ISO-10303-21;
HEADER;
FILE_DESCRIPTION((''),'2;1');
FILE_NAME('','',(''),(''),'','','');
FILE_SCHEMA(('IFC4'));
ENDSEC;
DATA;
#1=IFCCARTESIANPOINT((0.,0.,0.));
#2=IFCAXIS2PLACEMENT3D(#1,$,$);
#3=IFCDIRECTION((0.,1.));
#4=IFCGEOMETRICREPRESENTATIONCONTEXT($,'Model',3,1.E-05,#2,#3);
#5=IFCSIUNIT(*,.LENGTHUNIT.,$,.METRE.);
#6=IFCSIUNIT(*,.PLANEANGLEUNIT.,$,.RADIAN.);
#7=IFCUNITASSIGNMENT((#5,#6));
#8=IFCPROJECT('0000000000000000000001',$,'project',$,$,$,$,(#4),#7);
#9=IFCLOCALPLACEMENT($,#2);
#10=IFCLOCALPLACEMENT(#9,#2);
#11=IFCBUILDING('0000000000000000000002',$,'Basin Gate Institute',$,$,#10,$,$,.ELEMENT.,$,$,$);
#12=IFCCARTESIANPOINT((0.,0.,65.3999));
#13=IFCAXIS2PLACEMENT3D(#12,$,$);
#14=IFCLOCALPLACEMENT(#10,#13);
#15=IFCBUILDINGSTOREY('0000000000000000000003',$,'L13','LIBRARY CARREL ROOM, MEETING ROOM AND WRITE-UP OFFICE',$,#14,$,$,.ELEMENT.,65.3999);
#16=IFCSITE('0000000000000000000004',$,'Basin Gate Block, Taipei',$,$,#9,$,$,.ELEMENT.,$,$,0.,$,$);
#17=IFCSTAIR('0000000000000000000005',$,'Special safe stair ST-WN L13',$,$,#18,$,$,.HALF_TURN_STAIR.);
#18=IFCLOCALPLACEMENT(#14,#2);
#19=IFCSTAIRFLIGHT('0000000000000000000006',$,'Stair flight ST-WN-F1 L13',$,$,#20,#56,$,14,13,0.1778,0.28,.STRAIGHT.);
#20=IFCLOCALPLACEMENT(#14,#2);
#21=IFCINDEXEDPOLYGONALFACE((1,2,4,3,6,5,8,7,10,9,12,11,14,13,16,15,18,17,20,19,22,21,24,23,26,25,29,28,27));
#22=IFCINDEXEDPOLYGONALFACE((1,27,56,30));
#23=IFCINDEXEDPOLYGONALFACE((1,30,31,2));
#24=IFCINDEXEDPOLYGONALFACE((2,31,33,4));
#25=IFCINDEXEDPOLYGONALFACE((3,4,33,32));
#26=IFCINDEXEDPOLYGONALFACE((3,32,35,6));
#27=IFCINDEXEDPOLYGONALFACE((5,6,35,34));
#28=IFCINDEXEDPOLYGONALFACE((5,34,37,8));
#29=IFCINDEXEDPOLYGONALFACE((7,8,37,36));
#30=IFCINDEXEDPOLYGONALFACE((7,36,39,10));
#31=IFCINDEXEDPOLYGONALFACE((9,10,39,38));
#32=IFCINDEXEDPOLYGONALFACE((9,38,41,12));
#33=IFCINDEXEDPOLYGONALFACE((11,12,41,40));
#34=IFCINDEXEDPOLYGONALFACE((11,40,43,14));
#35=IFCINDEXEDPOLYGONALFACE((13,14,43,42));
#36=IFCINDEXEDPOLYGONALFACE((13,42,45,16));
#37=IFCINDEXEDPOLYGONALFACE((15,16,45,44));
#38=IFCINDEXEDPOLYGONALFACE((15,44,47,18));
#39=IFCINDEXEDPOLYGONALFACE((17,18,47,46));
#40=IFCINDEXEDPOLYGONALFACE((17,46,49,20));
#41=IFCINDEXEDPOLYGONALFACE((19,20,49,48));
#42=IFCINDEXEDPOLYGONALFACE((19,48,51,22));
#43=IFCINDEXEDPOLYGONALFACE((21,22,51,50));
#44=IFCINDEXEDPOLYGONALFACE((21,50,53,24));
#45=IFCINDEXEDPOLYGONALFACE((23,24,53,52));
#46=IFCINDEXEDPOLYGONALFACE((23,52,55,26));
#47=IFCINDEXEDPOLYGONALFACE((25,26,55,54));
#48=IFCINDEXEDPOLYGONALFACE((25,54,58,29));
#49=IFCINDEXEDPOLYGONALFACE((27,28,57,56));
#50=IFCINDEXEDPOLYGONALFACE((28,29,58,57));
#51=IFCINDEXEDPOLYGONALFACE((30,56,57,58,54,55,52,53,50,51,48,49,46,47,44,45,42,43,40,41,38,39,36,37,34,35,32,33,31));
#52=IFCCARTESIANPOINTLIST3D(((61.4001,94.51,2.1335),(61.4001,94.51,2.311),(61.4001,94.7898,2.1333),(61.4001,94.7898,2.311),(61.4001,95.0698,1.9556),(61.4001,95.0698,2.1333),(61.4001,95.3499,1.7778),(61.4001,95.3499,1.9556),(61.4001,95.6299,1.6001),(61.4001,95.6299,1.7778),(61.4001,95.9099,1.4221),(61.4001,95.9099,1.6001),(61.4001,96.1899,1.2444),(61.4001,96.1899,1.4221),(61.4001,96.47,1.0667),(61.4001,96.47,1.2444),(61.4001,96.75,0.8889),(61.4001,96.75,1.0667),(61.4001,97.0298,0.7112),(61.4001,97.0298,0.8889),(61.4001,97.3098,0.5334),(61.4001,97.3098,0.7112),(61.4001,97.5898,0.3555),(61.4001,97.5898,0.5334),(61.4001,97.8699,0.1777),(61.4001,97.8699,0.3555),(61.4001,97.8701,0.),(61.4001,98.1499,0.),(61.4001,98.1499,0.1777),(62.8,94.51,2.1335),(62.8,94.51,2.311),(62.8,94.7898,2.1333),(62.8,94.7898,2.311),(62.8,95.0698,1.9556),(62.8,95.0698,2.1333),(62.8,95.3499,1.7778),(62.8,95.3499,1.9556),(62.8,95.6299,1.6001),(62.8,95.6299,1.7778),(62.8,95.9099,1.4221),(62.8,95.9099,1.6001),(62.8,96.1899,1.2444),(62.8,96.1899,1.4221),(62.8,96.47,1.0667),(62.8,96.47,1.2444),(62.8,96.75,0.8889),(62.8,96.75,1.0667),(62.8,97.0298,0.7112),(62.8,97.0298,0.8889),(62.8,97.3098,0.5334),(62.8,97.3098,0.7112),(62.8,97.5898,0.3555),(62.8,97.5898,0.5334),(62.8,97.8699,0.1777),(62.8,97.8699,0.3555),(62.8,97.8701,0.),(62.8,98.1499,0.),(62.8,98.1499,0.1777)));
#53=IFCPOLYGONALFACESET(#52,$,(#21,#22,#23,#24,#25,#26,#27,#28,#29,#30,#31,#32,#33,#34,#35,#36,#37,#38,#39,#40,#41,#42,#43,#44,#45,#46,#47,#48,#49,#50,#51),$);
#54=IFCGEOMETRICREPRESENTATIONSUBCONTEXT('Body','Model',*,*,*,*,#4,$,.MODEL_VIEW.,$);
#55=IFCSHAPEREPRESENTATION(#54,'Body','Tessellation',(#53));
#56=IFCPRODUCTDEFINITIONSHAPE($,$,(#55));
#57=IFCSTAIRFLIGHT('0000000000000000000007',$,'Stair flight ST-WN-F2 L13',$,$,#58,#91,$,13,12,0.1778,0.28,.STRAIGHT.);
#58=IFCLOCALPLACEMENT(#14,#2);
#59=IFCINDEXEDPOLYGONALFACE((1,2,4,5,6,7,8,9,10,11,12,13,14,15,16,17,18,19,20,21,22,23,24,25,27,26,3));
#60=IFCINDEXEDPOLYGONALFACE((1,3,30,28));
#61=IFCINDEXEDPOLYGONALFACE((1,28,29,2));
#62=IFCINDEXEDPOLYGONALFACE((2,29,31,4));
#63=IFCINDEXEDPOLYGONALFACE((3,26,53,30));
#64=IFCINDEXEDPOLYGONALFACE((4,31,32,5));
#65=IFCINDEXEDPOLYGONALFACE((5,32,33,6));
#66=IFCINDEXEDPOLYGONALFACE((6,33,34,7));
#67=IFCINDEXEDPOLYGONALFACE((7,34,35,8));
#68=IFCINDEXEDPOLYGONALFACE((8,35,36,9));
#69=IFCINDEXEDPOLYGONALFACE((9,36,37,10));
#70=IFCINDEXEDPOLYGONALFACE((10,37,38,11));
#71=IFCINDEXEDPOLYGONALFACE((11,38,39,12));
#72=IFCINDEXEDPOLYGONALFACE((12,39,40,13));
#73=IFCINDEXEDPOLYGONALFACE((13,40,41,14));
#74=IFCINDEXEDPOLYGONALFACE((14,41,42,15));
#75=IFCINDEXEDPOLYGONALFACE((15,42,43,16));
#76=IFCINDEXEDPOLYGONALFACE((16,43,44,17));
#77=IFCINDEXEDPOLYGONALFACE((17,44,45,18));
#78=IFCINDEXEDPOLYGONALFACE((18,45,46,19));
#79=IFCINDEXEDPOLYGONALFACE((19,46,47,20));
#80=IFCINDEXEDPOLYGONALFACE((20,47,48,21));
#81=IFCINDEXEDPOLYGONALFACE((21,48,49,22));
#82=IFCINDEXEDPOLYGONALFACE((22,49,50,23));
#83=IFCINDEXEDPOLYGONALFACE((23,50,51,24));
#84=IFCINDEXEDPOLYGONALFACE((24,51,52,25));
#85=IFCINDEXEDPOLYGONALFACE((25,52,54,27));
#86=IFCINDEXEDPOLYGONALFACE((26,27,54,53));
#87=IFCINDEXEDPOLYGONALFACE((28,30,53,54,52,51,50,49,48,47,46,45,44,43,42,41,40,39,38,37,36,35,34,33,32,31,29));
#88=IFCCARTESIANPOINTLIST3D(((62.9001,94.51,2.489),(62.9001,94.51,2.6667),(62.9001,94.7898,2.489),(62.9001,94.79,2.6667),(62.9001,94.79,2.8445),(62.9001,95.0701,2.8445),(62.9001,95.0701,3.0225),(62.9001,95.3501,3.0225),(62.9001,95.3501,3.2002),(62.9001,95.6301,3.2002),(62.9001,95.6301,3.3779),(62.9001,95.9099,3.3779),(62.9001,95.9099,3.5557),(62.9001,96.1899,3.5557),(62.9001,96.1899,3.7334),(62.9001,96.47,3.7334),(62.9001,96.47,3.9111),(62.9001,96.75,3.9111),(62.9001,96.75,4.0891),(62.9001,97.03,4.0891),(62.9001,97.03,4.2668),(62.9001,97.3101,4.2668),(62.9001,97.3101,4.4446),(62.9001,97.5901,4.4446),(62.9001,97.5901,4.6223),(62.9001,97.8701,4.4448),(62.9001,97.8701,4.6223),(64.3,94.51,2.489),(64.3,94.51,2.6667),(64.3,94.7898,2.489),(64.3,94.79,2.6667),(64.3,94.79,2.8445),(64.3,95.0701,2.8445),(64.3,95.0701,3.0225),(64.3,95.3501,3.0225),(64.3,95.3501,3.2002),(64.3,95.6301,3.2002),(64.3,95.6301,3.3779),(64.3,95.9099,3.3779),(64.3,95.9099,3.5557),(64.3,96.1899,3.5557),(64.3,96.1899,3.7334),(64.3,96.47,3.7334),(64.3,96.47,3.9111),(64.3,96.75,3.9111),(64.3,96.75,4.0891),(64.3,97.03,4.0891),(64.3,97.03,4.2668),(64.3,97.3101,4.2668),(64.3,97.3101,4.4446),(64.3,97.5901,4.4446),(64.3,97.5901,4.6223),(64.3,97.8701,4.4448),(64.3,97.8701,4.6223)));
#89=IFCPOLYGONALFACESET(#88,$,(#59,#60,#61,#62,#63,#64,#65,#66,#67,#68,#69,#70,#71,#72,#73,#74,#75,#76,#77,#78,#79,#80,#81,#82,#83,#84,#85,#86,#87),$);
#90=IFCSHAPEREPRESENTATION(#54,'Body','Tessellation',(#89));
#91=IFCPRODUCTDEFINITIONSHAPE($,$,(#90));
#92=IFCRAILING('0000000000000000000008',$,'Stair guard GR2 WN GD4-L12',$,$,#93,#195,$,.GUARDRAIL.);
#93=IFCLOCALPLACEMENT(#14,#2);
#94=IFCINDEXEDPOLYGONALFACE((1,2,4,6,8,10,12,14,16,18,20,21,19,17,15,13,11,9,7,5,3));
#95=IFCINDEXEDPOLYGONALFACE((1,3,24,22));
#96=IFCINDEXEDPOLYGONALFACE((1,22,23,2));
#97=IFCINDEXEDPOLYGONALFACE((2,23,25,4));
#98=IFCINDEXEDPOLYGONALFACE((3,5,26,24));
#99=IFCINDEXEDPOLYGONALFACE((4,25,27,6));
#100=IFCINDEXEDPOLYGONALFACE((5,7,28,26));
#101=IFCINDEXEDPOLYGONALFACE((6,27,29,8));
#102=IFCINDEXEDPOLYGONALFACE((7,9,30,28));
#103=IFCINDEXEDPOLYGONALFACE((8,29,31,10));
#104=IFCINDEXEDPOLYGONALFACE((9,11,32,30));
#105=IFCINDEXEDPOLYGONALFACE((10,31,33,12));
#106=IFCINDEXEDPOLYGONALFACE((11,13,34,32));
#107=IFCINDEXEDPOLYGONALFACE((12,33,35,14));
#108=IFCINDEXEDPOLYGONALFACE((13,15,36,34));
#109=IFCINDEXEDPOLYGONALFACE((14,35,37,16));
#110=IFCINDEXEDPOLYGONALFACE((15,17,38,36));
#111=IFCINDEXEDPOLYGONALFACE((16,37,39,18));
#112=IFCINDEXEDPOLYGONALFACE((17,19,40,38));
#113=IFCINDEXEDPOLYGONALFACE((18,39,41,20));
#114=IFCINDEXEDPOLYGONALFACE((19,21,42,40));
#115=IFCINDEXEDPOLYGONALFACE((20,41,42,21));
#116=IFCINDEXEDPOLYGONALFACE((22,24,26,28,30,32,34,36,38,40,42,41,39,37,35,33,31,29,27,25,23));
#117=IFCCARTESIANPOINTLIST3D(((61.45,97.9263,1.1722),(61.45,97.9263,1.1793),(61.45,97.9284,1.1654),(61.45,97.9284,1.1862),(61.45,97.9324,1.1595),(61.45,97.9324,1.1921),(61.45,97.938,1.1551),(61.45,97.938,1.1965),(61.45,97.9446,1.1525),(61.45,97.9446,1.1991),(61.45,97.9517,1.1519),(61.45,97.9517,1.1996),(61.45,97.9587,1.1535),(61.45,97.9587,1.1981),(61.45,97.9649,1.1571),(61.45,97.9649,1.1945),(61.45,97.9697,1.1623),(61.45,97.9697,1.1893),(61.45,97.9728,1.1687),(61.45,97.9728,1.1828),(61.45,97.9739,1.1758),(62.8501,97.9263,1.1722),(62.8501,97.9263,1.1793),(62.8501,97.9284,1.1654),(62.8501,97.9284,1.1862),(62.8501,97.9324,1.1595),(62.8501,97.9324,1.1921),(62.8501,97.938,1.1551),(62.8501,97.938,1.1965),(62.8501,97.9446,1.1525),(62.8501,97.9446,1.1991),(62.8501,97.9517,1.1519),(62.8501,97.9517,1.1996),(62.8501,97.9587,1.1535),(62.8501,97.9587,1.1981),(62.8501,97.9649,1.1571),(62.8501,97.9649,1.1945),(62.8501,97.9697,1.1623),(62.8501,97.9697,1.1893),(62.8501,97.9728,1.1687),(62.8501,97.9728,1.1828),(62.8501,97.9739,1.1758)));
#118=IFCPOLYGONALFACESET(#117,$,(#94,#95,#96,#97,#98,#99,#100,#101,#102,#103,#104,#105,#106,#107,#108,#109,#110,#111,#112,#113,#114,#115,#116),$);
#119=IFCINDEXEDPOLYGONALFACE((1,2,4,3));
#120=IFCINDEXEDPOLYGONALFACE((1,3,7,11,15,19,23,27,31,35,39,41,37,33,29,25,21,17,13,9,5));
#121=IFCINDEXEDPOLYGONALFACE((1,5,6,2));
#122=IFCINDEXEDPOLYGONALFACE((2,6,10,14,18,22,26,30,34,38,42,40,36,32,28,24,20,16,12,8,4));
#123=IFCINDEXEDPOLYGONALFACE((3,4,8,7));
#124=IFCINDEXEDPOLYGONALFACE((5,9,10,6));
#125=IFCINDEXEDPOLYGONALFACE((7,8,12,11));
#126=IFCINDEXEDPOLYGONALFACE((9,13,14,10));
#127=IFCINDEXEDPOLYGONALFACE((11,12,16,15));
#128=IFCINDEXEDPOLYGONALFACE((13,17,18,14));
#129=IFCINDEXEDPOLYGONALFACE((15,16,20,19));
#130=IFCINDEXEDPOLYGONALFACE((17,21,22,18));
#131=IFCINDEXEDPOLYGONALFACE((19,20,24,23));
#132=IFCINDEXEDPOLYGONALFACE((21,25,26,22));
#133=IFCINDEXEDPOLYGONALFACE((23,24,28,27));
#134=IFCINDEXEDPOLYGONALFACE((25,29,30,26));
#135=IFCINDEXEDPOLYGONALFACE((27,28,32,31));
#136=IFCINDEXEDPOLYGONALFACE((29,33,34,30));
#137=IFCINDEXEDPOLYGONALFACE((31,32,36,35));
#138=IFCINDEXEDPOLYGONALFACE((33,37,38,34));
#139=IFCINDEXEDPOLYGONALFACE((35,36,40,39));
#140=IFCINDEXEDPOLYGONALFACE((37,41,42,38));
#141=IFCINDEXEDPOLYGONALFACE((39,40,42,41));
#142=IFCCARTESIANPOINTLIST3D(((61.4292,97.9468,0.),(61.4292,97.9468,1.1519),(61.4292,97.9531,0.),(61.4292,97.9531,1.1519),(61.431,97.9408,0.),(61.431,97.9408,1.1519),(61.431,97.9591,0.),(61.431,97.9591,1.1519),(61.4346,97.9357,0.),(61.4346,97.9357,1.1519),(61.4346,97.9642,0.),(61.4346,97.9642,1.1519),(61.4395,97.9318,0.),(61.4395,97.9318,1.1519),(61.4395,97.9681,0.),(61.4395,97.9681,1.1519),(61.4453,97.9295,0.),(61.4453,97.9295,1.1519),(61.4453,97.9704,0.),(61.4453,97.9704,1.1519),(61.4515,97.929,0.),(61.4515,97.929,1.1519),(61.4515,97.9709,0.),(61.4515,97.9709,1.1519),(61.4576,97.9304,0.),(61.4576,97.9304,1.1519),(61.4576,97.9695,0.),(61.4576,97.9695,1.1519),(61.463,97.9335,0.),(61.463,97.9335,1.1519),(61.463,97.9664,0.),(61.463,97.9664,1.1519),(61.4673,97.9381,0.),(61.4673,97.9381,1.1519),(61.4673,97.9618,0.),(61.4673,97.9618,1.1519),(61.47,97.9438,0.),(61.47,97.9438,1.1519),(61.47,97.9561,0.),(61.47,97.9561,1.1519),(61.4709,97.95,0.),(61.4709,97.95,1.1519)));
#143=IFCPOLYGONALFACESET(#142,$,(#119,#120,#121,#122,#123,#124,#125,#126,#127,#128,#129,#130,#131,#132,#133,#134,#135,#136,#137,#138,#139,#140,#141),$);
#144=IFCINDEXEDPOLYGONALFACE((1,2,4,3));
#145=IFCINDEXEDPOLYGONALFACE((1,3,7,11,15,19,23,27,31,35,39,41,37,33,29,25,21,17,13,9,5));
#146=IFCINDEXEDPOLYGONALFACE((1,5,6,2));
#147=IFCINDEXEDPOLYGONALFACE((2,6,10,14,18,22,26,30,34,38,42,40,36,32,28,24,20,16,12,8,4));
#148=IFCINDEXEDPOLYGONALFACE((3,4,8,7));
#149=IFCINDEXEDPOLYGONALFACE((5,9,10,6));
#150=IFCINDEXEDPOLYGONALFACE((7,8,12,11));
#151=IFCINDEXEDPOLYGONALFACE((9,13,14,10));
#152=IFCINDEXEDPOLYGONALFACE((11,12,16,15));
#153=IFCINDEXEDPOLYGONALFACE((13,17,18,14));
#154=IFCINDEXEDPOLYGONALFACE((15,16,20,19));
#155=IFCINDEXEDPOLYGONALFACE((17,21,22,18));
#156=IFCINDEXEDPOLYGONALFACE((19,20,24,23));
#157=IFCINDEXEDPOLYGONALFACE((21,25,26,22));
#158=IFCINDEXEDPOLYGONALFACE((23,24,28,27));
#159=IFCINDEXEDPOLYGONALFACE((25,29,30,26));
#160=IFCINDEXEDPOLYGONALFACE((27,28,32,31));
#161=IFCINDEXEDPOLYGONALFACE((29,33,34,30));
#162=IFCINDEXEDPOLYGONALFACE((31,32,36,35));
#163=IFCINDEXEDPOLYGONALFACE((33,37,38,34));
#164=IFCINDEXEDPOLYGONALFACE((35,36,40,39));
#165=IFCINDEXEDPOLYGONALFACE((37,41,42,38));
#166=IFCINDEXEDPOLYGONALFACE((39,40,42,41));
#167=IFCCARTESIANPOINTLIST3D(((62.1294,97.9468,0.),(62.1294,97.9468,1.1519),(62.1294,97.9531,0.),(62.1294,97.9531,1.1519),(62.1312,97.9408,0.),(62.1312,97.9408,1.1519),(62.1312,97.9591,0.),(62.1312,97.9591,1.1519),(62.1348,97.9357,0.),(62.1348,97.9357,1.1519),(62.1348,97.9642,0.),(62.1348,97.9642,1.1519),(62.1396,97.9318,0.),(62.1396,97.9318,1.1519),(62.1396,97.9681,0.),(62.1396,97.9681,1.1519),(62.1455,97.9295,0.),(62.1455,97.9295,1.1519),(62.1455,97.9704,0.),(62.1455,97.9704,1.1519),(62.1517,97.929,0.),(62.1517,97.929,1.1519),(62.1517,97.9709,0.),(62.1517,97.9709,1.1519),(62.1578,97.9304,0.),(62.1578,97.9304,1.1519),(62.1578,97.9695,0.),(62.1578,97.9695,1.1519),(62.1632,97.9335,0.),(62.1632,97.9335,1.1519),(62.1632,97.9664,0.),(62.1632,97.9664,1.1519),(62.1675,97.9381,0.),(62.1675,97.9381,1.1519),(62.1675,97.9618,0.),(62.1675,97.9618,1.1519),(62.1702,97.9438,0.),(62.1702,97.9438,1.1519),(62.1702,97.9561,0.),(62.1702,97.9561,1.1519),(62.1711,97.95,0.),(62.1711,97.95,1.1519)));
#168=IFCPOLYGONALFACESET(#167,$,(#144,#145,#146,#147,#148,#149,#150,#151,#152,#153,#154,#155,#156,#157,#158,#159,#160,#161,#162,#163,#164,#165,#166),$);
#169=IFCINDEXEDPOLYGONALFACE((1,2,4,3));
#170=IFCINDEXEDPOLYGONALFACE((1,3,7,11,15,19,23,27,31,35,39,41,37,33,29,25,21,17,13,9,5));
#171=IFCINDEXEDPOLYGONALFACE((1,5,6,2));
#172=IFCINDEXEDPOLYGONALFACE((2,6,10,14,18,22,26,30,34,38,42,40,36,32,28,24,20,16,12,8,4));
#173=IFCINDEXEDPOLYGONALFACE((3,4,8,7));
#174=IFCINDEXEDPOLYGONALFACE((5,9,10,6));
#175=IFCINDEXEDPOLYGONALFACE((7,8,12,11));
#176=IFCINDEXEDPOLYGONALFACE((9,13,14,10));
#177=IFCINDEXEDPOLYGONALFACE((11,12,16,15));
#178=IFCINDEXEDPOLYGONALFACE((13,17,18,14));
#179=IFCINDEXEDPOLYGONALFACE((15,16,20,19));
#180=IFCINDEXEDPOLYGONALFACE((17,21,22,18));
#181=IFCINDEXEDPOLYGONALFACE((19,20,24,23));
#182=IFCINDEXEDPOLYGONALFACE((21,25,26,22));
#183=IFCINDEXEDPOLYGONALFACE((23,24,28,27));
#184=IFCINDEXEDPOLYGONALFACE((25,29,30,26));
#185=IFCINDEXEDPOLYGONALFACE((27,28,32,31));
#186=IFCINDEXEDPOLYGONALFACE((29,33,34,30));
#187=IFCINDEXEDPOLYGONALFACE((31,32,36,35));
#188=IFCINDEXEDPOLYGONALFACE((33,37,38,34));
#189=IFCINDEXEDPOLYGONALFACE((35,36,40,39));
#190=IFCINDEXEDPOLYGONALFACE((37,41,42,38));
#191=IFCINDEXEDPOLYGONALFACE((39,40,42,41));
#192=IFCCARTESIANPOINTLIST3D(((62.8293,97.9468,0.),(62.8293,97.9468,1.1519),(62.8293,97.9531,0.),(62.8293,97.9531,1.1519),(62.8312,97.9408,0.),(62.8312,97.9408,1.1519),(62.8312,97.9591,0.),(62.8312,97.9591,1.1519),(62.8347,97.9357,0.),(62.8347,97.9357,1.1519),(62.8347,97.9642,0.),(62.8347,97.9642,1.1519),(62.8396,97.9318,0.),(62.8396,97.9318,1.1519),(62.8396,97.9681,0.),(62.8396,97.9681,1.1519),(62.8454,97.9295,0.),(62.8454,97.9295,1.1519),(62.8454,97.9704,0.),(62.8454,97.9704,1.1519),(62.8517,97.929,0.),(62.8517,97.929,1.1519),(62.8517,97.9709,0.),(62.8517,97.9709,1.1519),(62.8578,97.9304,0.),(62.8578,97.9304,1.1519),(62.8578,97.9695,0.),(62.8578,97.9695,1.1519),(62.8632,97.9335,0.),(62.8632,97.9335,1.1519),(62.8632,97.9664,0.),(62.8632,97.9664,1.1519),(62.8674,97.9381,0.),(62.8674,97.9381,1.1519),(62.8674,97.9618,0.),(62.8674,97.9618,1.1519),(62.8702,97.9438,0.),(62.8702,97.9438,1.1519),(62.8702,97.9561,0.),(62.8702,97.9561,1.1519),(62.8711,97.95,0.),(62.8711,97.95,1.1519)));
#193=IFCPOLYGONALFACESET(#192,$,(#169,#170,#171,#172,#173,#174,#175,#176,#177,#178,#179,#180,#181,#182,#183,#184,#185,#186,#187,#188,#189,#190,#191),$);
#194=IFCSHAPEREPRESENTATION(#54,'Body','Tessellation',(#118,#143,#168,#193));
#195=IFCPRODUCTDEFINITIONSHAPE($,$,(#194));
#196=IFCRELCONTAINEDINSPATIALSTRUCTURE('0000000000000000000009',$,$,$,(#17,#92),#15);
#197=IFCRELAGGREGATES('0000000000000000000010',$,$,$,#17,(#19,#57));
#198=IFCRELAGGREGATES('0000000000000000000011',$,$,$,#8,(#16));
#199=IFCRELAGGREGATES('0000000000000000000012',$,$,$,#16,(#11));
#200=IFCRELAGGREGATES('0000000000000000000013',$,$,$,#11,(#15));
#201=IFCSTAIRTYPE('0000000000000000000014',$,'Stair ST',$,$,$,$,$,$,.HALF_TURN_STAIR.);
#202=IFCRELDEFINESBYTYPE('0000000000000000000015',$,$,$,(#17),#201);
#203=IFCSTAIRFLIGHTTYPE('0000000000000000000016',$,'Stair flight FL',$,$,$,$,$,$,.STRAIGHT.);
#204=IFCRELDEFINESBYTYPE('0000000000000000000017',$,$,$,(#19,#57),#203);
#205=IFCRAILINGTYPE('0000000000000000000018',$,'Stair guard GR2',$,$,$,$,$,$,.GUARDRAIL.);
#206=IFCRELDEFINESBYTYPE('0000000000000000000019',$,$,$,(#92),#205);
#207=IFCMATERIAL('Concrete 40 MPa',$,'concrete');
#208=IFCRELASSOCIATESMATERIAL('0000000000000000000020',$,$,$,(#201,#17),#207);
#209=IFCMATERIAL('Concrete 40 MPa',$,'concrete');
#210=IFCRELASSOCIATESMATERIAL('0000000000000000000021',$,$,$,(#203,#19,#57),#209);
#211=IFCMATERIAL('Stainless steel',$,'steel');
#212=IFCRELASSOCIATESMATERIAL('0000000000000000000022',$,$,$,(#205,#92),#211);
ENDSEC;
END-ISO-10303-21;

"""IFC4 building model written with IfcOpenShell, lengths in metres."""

from ifc_helpers import new_model, si_unit, direction, frame, origin, origin_2d, place, context, subcontext, project, spatial, polyline, circle, outline, extrude, material, type_object, element, aggregate, save


model = new_model("IFC4")

# Units and contexts
model_context = context("Model", 3, precision=1e-05, world=origin(), true_north=direction((0.0, 1.0)))
body_context = subcontext(model_context, "Body", "Model", "MODEL_VIEW")
ifc_project = project(units=[si_unit("LENGTHUNIT", "METRE"), si_unit("PLANEANGLEUNIT", "RADIAN")], contexts=[model_context])

# Site, building, storey
site_placement = place(None, origin())
site = spatial("IfcSite", under=ifc_project, at=site_placement, Name="Basin Gate Block, Taipei", CompositionType="ELEMENT", RefElevation=0.0)
building_placement = place(site_placement, origin())
building = spatial("IfcBuilding", under=site, at=building_placement, Name="Basin Gate Institute", CompositionType="ELEMENT")
storey_placement = place(building_placement, frame((0.0, 0.0, 65.3999)))
storey = spatial("IfcBuildingStorey", under=building, at=storey_placement, Name="L13", Description="LIBRARY CARREL ROOM, MEETING ROOM AND WRITE-UP OFFICE", CompositionType="ELEMENT", Elevation=65.3999)

# Stair, stair flights
ifc_material_1 = material(Name="Concrete 40 MPa", Category="concrete")
stair_type = type_object("IfcStairType", Name="Stair ST", PredefinedType="HALF_TURN_STAIR", material=ifc_material_1)
stair_placement = place(storey_placement, origin())
stair = element("IfcStair", 1, at=stair_placement, inside=storey, type_object=stair_type, material=ifc_material_1, Name="Special safe stair ST-WN L13", PredefinedType="HALF_TURN_STAIR")
ifc_material_2 = material(Name="Concrete 40 MPa", Category="concrete")
stair_flight_type = type_object("IfcStairFlightType", Name="Stair flight FL", PredefinedType="STRAIGHT", material=ifc_material_2)
stair_flight_1_placement = place(storey_placement, frame((62.1001, 98.1499, 0.0), z_axis=(0.0, 0.0, 1.0), x_axis=(0.0, -1.0, 0.0)))
stair_flight_1 = element("IfcStairFlight", 2, at=stair_flight_1_placement, type_object=stair_flight_type, material=ifc_material_2, Name="Stair flight ST-WN-F1 L13", NumberOfRisers=14, NumberOfTreads=13, PredefinedType="STRAIGHT", RiserHeight=0.1778, TreadLength=0.28, context=body_context, shape_type="SweptSolid", body=[
    extrude(outline(polyline([(0.0, 0.0), (0.0, 0.1777), (0.28, 0.1777), (0.28, 0.3555), (0.5601, 0.3555), (0.5601, 0.5334), (0.8401, 0.5334), (0.8401, 0.7112), (1.1201, 0.7112), (1.1201, 0.8889), (1.3999, 0.8889), (1.3999, 1.0667), (1.6799, 1.0667), (1.6799, 1.2444), (1.96, 1.2444), (1.96, 1.4221), (2.24, 1.4221), (2.24, 1.6001), (2.52, 1.6001), (2.52, 1.7778), (2.8, 1.7778), (2.8, 1.9556), (3.0801, 1.9556), (3.0801, 2.1333), (3.3601, 2.1333), (3.3601, 2.311), (3.6399, 2.311), (3.6399, 2.4888), (3.6399, 2.1335), (0.2798, 0.0), (0.0, 0.0)])), frame((0.0, 0.7, 0.0), z_axis=(0.0, -1.0, 0.0), x_axis=(1.0, 0.0, 0.0)), (0.0, 0.0, 1.0), 1.3999),
])
stair_flight_2_placement = place(storey_placement, frame((63.6001, 94.51, 2.489), z_axis=(0.0, 0.0, 1.0), x_axis=(0.0, 1.0, 0.0)))
stair_flight_2 = element("IfcStairFlight", 3, at=stair_flight_2_placement, type_object=stair_flight_type, material=ifc_material_2, Name="Stair flight ST-WN-F2 L13", NumberOfRisers=13, NumberOfTreads=12, PredefinedType="STRAIGHT", RiserHeight=0.1778, TreadLength=0.28, context=body_context, shape_type="SweptSolid", body=[
    extrude(outline(polyline([(0.0, 0.0), (0.0, 0.1777), (0.28, 0.1777), (0.28, 0.3555), (0.5601, 0.3555), (0.5601, 0.5334), (0.8401, 0.5334), (0.8401, 0.7112), (1.1201, 0.7112), (1.1201, 0.8889), (1.3999, 0.8889), (1.3999, 1.0667), (1.6799, 1.0667), (1.6799, 1.2444), (1.96, 1.2444), (1.96, 1.4221), (2.24, 1.4221), (2.24, 1.6001), (2.52, 1.6001), (2.52, 1.7778), (2.8, 1.7778), (2.8, 1.9556), (3.0801, 1.9556), (3.0801, 2.1333), (3.3601, 2.1333), (3.3601, 2.311), (3.3601, 1.9558), (0.2798, 0.0), (0.0, 0.0)])), frame((0.0, 0.7, 0.0), z_axis=(0.0, -1.0, 0.0), x_axis=(1.0, 0.0, 0.0)), (0.0, 0.0, 1.0), 1.3999),
])
aggregate(stair, [stair_flight_1, stair_flight_2])

# Railing
ifc_material_3 = material(Name="Stainless steel", Category="steel")
railing_type_1 = type_object("IfcRailingType", Name="Stair guard GR2", PredefinedType="GUARDRAIL", material=ifc_material_3)
railing_1_placement = place(storey_placement, frame((61.45, 97.95, 0.0)))
element("IfcRailing", 4, at=railing_1_placement, inside=storey, type_object=railing_type_1, material=ifc_material_3, Name="Stair guard GR2 WN GD4-L12", PredefinedType="GUARDRAIL", context=body_context, shape_type="SweptSolid", body=[
    extrude(circle(Radius=0.0239, at=origin_2d()), frame((0.0, 0.0, 1.1758), z_axis=(1.0, 0.0, 0.0), x_axis=(0.0, 1.0, 0.0)), (0.0, 0.0, 1.0), 1.4001),
    extrude(circle(Radius=0.021, at=origin_2d()), origin(), (0.0, 0.0, 1.0), 1.1519),
    extrude(circle(Radius=0.021, at=origin_2d()), frame((0.7002, 0.0, 0.0)), (0.0, 0.0, 1.0), 1.1519),
    extrude(circle(Radius=0.021, at=origin_2d()), frame((1.4001, 0.0, 0.0)), (0.0, 0.0, 1.0), 1.1519),
])

save(model, "model.ifc")
